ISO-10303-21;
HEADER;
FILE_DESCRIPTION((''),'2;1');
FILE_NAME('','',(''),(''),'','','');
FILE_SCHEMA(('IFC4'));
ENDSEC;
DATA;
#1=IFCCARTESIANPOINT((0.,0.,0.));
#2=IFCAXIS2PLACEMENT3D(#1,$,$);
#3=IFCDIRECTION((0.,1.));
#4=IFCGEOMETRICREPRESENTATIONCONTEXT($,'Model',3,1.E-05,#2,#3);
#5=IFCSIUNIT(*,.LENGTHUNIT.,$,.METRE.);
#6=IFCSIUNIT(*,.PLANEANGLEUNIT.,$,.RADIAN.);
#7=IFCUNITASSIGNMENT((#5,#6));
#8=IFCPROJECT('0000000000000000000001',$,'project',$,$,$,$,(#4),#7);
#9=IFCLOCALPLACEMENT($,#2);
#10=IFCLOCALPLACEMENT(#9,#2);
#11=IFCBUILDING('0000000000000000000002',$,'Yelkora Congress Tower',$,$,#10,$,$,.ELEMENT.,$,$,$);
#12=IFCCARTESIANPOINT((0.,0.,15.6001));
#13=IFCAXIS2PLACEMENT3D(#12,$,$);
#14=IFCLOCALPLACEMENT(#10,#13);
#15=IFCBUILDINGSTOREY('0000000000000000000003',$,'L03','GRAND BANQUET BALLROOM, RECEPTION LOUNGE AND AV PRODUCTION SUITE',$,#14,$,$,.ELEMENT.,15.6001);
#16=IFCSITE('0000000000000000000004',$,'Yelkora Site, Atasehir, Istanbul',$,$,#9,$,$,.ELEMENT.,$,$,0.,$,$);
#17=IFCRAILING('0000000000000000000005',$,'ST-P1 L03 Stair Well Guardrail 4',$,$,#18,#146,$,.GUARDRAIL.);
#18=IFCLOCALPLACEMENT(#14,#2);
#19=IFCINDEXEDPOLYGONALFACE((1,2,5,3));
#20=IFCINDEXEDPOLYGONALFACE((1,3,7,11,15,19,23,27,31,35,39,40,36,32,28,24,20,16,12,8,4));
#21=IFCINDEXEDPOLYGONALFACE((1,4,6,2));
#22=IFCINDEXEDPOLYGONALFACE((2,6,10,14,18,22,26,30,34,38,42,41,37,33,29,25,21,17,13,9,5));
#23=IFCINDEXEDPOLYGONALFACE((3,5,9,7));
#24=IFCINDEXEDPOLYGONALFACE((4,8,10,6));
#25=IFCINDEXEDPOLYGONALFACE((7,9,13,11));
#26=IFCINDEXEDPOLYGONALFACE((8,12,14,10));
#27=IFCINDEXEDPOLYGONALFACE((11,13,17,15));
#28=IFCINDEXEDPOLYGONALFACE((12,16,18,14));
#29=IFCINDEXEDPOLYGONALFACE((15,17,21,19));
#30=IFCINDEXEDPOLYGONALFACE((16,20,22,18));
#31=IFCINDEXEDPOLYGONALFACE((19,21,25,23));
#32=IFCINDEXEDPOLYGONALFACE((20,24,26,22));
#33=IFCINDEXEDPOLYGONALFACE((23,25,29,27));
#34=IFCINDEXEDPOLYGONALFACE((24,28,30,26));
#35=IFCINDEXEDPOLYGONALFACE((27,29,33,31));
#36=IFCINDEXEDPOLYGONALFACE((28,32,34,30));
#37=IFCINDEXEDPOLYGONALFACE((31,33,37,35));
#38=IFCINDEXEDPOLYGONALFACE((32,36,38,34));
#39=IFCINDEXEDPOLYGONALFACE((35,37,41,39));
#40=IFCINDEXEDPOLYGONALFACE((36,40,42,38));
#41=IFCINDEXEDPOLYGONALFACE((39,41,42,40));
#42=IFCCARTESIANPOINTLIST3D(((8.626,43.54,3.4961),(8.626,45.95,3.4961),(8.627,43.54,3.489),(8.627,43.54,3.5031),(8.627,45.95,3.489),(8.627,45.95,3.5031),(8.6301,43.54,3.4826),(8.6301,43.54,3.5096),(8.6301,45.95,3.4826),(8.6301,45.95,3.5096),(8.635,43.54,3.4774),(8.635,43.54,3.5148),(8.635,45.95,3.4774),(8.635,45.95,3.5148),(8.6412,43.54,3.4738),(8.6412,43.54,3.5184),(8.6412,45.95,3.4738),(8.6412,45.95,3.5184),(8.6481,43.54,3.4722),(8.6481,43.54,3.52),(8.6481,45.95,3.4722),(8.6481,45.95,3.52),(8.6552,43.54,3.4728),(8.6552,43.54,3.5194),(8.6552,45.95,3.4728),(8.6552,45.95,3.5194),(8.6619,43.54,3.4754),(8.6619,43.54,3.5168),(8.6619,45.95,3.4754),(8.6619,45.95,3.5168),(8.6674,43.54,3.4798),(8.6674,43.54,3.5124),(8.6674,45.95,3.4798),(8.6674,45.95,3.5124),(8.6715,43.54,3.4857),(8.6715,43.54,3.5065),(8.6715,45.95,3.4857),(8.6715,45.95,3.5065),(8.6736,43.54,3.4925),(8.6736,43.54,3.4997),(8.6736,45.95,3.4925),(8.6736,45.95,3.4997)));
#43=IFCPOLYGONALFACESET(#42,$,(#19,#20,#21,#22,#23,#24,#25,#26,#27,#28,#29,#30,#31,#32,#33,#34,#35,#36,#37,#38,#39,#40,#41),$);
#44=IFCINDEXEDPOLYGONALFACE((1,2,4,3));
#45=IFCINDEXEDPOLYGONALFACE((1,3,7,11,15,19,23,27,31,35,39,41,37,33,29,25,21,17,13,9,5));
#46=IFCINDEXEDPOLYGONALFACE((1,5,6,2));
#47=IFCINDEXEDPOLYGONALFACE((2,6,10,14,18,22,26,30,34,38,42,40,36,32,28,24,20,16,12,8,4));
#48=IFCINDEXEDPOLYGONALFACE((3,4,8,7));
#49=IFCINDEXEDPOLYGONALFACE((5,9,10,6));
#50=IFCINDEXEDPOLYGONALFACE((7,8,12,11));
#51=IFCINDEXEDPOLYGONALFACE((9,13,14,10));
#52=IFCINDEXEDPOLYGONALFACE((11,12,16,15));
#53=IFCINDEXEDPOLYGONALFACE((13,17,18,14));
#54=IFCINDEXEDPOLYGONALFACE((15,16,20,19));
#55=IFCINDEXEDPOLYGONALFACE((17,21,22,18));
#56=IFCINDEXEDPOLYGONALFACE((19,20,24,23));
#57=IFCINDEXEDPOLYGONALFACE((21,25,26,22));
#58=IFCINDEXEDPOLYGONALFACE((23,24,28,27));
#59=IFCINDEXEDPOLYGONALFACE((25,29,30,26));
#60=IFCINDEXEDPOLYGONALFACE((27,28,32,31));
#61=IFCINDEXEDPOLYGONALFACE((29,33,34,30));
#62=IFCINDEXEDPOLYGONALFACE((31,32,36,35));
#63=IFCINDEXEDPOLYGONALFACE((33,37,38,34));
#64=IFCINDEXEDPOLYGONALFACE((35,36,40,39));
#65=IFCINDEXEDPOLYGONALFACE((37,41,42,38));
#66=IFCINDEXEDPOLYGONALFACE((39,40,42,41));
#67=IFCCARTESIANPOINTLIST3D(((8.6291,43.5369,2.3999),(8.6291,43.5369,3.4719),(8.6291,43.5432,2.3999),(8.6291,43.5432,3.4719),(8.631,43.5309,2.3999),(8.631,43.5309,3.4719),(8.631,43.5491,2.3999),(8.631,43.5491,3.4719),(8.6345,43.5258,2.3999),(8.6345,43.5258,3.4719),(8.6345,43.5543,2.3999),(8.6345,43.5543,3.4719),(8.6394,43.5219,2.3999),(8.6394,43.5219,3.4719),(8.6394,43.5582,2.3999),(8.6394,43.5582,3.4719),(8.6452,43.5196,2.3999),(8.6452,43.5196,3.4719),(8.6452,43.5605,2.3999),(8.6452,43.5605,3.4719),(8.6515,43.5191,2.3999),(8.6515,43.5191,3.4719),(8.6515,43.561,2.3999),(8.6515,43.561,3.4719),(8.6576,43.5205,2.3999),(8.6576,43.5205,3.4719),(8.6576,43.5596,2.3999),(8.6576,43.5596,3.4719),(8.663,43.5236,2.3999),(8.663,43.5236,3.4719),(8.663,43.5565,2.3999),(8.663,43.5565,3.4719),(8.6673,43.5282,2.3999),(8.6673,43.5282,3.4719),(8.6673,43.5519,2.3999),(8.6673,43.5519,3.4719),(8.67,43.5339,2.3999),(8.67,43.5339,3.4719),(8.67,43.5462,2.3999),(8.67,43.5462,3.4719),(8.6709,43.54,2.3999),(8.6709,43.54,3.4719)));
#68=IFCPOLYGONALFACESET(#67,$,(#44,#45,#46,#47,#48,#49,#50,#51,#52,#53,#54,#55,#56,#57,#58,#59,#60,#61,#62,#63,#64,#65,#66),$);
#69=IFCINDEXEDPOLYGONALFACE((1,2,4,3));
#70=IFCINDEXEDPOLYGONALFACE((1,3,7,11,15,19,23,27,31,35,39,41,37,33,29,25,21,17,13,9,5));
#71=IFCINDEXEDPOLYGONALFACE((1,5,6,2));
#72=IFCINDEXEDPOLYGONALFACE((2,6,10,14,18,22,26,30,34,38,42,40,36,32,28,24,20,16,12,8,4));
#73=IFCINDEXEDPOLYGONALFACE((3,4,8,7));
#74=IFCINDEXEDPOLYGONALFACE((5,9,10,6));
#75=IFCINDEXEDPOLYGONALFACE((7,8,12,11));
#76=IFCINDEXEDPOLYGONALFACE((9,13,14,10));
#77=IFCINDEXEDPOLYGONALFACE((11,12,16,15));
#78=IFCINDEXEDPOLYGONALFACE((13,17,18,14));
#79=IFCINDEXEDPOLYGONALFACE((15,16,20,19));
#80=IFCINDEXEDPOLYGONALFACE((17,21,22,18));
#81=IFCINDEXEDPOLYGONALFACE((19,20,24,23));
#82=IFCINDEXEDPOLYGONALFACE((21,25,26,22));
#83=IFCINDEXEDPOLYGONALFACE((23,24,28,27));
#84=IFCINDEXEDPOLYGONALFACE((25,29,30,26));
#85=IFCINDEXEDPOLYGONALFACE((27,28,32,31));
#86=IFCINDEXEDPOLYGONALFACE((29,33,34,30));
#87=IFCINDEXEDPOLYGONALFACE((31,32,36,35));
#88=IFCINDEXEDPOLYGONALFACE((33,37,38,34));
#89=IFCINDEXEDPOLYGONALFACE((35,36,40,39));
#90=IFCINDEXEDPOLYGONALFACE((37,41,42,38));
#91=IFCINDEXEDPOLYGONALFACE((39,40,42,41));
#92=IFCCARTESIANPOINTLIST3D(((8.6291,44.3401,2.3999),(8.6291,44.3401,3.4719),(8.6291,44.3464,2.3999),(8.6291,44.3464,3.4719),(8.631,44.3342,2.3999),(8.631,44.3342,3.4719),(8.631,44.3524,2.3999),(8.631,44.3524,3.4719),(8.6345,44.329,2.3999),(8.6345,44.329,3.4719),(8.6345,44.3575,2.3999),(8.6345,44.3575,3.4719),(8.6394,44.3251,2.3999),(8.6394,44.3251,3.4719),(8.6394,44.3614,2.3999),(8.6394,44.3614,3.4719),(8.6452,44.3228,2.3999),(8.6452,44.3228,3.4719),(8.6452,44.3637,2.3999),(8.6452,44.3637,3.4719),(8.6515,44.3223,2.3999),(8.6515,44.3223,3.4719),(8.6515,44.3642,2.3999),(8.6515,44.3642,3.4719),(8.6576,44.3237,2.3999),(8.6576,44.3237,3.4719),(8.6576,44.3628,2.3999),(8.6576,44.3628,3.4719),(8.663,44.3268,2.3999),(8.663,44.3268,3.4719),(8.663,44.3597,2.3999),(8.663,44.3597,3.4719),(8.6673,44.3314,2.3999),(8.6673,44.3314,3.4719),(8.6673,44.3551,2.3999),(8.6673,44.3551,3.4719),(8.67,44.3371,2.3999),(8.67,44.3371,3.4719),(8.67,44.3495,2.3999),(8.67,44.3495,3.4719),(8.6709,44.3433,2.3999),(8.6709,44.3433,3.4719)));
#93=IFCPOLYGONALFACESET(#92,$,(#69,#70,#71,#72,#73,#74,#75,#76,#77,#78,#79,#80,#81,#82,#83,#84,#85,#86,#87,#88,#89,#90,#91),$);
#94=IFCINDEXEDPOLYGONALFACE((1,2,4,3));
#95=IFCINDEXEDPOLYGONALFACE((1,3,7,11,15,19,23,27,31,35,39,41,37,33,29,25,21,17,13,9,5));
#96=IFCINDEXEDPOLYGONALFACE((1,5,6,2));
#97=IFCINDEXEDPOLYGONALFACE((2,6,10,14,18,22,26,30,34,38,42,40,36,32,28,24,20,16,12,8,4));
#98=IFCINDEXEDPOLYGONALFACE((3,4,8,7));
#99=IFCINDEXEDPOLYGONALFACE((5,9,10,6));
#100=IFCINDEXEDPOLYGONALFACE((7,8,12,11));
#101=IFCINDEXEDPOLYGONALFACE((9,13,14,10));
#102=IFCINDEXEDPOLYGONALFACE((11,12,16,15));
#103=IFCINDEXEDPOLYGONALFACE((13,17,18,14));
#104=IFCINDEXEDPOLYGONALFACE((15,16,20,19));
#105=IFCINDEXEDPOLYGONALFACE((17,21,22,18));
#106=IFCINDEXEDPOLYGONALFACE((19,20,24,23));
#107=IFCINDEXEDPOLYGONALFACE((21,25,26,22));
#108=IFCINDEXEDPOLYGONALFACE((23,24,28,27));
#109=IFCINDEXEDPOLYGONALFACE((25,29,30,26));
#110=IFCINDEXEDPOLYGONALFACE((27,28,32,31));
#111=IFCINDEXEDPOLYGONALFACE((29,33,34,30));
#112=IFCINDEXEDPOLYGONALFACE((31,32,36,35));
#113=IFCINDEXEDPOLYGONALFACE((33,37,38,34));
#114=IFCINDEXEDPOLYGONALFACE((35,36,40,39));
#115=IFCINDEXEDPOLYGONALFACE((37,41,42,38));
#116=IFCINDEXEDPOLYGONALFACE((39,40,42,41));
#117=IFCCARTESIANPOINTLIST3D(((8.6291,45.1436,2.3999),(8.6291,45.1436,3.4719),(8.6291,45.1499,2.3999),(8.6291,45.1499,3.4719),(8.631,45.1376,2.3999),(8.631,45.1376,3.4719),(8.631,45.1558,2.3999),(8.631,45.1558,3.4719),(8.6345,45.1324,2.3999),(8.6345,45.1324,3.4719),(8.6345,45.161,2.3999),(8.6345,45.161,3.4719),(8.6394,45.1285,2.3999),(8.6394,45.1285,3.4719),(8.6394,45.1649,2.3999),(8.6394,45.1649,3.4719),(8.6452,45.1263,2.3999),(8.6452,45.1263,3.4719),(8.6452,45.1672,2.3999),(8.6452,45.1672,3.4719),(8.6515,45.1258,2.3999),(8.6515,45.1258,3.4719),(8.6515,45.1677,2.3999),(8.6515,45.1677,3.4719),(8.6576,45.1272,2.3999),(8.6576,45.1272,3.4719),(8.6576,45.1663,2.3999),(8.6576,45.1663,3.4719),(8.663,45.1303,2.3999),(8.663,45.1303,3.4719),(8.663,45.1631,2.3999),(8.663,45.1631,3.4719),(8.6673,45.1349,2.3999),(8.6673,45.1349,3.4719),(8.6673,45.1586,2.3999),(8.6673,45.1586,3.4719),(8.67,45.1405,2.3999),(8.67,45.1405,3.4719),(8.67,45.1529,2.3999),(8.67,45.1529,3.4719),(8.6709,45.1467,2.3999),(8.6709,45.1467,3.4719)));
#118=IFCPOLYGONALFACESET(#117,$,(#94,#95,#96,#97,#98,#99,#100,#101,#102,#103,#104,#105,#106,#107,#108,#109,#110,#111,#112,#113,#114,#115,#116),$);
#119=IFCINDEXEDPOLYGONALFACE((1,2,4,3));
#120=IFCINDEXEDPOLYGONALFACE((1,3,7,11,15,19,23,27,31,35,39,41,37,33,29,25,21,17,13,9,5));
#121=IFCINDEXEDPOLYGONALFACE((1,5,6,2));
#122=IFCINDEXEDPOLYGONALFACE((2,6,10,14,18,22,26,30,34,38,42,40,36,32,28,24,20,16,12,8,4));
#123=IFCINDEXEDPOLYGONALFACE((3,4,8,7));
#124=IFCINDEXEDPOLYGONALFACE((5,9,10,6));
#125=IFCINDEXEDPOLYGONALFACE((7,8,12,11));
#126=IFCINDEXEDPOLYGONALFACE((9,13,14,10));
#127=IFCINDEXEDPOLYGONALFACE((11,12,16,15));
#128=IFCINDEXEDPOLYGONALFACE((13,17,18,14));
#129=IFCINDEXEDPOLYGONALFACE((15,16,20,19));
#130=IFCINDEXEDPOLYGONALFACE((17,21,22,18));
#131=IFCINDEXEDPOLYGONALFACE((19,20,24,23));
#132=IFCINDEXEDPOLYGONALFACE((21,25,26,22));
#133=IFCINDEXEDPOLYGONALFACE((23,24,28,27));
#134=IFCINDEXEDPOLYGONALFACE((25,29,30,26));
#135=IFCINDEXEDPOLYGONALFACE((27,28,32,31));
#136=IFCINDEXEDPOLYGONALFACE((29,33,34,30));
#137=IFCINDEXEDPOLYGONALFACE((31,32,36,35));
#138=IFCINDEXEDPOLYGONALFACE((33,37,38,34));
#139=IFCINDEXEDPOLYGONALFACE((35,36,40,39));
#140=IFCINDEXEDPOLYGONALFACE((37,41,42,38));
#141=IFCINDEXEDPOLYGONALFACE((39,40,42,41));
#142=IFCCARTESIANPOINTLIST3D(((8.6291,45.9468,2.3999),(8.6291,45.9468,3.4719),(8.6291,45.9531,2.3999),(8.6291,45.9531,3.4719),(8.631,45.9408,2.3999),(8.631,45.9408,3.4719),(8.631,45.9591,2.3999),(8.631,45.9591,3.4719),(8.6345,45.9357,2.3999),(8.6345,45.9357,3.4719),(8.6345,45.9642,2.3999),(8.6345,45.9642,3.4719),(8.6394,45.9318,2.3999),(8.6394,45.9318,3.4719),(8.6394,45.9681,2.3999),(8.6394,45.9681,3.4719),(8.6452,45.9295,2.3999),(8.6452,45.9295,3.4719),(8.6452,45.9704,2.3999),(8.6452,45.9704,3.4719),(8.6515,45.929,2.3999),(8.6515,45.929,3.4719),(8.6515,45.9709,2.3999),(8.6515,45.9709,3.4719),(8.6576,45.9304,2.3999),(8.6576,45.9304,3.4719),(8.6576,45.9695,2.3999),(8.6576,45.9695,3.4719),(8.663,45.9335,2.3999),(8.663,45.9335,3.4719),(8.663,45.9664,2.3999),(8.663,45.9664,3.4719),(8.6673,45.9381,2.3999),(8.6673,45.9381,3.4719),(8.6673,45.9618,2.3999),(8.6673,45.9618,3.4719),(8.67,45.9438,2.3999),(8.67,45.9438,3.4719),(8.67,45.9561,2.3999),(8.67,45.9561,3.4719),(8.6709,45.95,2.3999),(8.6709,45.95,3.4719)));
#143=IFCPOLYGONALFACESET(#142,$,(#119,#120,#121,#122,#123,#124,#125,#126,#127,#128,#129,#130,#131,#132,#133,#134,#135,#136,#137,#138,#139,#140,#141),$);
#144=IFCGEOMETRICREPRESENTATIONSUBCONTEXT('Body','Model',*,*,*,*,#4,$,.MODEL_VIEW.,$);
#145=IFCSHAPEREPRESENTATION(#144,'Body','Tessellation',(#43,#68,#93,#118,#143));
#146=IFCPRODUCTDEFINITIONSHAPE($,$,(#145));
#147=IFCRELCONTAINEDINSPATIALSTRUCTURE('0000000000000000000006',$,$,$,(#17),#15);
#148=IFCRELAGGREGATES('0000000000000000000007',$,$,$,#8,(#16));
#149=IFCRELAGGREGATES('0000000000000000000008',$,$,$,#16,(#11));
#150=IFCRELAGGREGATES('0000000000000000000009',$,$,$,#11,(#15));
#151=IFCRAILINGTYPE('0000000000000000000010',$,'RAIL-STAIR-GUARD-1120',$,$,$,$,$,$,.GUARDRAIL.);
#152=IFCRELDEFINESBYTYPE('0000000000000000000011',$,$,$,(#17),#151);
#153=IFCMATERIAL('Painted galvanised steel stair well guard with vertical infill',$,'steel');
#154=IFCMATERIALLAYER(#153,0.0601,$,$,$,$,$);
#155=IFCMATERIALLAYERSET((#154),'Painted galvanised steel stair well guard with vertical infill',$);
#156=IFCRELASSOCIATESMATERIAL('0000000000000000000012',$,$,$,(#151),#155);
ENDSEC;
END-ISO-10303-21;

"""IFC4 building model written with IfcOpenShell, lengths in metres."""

from ifc_helpers import new_model, si_unit, direction, frame, origin, origin_2d, place, context, subcontext, project, spatial, circle, extrude, material, layer, layer_set, type_object, element, save


model = new_model("IFC4")

# Units and contexts
model_context = context("Model", 3, precision=1e-05, world=origin(), true_north=direction((0.0, 1.0)))
body_context = subcontext(model_context, "Body", "Model", "MODEL_VIEW")
ifc_project = project(units=[si_unit("LENGTHUNIT", "METRE"), si_unit("PLANEANGLEUNIT", "RADIAN")], contexts=[model_context])

# Site, building, storey
site_placement = place(None, origin())
site = spatial("IfcSite", under=ifc_project, at=site_placement, Name="Yelkora Site, Atasehir, Istanbul", CompositionType="ELEMENT", RefElevation=0.0)
building_placement = place(site_placement, origin())
building = spatial("IfcBuilding", under=site, at=building_placement, Name="Yelkora Congress Tower", CompositionType="ELEMENT")
storey_placement = place(building_placement, frame((0.0, 0.0, 15.6001)))
storey = spatial("IfcBuildingStorey", under=building, at=storey_placement, Name="L03", Description="GRAND BANQUET BALLROOM, RECEPTION LOUNGE AND AV PRODUCTION SUITE", CompositionType="ELEMENT", Elevation=15.6001)

# Railing
ifc_material_1 = material(Name="Painted galvanised steel stair well guard with vertical infill", Category="steel")
ifc_layer_1 = layer(ifc_material_1, 0.0601)
ifc_layer_set_1 = layer_set([ifc_layer_1], Name="Painted galvanised steel stair well guard with vertical infill")
railing_type_1 = type_object("IfcRailingType", Name="RAIL-STAIR-GUARD-1120", PredefinedType="GUARDRAIL", material=ifc_layer_set_1)
for number, where, name in (
    (1, (8.6499, 43.54, 2.3999), "ST-P1 L03 Stair Well Guardrail 4"),
):
    element("IfcRailing", number, at=place(storey_placement, frame(where)), inside=storey, type_object=railing_type_1, Name=name, PredefinedType="GUARDRAIL", context=body_context, shape_type="SweptSolid", body=[
        extrude(circle(Radius=0.0239, at=origin_2d()), frame((0.0, 0.0, 1.0962), z_axis=(0.0, 1.0, 0.0), x_axis=(-1.0, 0.0, 0.0)), (0.0, 0.0, 1.0), 2.4099),
        extrude(circle(Radius=0.021, at=origin_2d()), origin(), (0.0, 0.0, 1.0), 1.072),
        extrude(circle(Radius=0.021, at=origin_2d()), frame((0.0, 0.8032, 0.0)), (0.0, 0.0, 1.0), 1.072),
        extrude(circle(Radius=0.021, at=origin_2d()), frame((0.0, 1.6067, 0.0)), (0.0, 0.0, 1.0), 1.072),
        extrude(circle(Radius=0.021, at=origin_2d()), frame((0.0, 2.4099, 0.0)), (0.0, 0.0, 1.0), 1.072),
    ])

save(model, "model.ifc")
